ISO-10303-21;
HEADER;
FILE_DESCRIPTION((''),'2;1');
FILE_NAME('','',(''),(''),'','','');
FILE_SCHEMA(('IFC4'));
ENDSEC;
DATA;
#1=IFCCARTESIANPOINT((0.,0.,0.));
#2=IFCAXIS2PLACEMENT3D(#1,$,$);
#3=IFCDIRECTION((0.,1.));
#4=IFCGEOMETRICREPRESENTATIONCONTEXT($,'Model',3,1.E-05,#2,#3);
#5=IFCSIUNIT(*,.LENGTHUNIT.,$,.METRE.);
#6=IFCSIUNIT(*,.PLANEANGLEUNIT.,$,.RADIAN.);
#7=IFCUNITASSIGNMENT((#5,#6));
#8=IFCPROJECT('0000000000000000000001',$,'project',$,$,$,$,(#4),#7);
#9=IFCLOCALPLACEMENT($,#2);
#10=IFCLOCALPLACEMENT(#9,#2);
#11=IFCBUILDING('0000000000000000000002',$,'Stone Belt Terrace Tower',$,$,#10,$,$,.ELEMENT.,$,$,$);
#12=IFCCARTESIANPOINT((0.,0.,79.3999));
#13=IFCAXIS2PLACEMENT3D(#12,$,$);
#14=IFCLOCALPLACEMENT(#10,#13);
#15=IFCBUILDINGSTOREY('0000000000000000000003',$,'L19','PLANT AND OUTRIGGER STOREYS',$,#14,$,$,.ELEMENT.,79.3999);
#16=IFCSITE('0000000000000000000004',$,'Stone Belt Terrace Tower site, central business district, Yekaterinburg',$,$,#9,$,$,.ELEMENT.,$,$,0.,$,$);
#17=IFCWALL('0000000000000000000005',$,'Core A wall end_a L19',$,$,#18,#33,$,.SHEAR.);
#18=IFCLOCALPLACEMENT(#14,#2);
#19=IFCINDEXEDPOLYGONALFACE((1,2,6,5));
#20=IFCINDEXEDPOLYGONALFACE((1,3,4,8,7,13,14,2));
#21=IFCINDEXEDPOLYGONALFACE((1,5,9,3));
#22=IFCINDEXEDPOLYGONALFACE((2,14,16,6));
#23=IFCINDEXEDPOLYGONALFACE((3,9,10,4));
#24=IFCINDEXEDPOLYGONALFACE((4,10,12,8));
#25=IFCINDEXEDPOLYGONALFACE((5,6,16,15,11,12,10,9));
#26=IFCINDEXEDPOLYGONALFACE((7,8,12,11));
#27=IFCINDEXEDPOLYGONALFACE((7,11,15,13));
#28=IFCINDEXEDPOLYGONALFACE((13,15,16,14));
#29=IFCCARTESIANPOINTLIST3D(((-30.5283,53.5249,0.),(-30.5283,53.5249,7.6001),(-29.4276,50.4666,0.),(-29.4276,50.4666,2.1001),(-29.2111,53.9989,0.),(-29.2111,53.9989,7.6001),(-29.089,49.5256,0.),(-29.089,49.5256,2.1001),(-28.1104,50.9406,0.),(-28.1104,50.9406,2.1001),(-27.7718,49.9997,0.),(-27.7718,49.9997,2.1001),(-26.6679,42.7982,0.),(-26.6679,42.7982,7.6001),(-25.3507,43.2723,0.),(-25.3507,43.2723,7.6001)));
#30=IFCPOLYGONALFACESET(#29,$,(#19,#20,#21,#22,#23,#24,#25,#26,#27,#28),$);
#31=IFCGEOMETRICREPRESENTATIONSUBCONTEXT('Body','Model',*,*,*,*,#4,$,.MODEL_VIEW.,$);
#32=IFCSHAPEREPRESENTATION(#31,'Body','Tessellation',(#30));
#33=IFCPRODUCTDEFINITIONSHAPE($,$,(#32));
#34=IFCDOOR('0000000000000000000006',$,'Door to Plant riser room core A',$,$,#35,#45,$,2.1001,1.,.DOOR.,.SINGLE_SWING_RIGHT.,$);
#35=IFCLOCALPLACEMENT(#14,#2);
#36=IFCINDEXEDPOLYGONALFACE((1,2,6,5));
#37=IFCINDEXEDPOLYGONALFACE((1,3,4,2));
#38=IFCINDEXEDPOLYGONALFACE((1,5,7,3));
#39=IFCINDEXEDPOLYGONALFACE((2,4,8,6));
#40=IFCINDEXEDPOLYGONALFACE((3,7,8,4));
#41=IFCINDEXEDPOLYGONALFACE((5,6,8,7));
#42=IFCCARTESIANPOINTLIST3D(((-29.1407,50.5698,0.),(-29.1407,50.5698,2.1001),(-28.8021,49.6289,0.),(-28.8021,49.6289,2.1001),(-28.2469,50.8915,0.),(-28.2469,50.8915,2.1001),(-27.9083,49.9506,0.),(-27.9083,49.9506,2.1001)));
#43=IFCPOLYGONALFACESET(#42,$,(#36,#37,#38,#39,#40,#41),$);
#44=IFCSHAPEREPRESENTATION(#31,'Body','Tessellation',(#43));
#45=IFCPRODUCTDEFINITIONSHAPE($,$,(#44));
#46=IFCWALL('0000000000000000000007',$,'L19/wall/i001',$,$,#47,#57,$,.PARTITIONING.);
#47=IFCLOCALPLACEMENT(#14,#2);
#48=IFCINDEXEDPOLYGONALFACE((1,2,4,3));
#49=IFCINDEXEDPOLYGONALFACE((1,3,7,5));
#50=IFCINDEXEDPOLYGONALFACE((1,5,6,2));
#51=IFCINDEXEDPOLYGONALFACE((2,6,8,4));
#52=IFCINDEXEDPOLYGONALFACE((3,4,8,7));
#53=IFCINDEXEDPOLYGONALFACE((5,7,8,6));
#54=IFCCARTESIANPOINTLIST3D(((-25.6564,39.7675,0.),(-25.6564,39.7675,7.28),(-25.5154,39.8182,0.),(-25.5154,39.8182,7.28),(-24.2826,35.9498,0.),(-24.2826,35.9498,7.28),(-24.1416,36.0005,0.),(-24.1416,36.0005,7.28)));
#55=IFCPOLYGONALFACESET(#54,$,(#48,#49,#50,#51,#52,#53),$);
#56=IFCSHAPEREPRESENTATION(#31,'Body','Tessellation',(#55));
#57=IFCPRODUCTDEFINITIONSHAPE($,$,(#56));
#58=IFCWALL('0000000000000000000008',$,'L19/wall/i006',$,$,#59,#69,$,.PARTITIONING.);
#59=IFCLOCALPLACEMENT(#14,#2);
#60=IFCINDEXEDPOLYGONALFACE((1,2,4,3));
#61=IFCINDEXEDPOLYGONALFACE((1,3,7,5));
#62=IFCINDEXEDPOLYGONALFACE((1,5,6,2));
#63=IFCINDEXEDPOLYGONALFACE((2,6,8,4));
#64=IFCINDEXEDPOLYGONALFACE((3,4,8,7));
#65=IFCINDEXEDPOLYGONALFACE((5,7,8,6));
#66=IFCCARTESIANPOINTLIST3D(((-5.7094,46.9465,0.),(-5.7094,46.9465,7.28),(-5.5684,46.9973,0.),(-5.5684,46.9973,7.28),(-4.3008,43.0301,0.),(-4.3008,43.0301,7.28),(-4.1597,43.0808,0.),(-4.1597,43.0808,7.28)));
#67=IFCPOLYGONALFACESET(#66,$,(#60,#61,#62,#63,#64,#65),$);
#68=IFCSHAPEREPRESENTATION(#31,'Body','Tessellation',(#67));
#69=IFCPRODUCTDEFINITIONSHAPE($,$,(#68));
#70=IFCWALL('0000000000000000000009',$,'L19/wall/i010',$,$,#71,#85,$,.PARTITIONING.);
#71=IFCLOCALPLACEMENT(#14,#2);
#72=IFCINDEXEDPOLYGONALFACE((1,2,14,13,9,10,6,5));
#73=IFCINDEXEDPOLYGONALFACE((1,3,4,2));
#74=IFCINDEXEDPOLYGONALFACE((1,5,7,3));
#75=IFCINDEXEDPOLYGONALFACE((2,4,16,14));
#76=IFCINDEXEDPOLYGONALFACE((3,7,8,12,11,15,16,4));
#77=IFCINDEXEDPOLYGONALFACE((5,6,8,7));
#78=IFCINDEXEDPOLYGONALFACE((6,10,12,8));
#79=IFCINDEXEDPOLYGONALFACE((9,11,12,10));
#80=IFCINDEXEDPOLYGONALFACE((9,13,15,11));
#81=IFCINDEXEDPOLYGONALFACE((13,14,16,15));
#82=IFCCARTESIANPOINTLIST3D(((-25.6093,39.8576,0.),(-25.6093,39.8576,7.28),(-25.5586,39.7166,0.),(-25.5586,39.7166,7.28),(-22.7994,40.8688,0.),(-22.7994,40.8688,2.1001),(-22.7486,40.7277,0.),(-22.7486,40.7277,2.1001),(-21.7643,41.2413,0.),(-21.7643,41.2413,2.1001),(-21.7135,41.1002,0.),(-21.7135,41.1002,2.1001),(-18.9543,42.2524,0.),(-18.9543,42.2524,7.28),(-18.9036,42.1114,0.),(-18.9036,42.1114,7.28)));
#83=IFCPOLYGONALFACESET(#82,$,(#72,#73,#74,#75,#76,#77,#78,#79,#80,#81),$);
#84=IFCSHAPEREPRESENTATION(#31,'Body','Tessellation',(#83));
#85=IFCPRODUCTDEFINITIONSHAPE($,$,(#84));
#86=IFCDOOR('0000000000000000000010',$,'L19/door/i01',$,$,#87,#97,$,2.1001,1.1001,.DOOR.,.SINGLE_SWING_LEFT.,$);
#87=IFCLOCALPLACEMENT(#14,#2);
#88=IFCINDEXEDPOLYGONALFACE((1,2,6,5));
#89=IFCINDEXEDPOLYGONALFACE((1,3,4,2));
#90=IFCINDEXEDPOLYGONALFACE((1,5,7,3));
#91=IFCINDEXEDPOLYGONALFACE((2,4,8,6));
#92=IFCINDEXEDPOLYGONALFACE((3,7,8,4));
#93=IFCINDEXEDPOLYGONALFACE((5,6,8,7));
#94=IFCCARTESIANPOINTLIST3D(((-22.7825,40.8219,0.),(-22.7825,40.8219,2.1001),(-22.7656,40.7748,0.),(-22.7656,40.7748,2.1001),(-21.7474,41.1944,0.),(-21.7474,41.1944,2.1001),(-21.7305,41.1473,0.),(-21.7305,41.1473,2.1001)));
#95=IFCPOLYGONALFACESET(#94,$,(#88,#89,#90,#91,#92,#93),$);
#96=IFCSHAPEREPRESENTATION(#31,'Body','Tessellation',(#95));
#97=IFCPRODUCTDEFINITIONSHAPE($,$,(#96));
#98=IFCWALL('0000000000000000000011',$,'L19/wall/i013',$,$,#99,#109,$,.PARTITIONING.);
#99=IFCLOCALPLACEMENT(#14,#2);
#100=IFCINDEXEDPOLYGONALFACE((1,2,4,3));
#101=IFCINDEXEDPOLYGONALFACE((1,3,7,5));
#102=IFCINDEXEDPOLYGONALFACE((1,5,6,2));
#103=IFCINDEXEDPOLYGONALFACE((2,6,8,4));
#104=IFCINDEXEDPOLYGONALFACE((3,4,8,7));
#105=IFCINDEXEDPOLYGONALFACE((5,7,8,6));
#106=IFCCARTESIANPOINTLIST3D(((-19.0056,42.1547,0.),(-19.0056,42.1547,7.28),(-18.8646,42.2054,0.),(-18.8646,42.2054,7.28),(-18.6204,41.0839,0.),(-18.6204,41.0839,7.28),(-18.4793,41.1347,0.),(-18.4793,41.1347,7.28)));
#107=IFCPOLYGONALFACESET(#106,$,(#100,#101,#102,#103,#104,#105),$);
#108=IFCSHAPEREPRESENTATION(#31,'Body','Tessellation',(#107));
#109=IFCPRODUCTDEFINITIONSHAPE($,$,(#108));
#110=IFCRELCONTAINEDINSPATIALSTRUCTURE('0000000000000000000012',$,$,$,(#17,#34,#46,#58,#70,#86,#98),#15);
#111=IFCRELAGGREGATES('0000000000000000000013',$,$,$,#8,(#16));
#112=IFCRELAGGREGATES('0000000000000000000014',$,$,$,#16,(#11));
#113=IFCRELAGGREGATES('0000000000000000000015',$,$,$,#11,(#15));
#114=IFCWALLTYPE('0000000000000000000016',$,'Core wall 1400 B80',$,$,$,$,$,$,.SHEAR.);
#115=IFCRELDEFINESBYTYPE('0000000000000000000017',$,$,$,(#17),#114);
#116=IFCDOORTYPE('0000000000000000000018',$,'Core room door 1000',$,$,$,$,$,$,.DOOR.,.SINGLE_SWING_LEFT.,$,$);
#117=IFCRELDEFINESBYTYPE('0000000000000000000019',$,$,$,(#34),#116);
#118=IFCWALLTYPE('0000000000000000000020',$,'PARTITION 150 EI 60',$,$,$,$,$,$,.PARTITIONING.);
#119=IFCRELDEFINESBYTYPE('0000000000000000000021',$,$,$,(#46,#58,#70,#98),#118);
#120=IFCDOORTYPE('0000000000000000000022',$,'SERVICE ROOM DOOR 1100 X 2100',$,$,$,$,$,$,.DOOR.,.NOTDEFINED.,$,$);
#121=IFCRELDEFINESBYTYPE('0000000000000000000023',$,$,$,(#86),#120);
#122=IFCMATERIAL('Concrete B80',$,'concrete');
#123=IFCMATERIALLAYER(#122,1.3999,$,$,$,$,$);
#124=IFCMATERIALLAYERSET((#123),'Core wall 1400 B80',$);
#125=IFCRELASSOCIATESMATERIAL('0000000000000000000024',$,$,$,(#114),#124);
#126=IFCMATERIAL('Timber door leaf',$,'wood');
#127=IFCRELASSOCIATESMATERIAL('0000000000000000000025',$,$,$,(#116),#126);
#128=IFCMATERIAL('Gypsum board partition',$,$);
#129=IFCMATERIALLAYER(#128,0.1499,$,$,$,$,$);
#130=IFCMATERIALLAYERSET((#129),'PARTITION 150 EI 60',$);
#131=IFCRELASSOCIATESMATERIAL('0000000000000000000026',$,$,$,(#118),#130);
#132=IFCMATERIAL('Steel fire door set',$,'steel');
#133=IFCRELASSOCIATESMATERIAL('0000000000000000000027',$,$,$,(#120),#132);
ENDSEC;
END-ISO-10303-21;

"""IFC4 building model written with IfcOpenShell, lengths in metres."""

from ifc_helpers import new_model, si_unit, direction, frame, frame_2d, origin, place, context, subcontext, project, spatial, rectangle, extrude, material, layer, layer_set, type_object, element, fill, save


model = new_model("IFC4")

# Units and contexts
model_context = context("Model", 3, precision=1e-05, world=origin(), true_north=direction((0.0, 1.0)))
body_context = subcontext(model_context, "Body", "Model", "MODEL_VIEW")
ifc_project = project(units=[si_unit("LENGTHUNIT", "METRE"), si_unit("PLANEANGLEUNIT", "RADIAN")], contexts=[model_context])

# Site, building, storey
site_placement = place(None, origin())
site = spatial("IfcSite", under=ifc_project, at=site_placement, Name="Stone Belt Terrace Tower site, central business district, Yekaterinburg", CompositionType="ELEMENT", RefElevation=0.0)
building_placement = place(site_placement, origin())
building = spatial("IfcBuilding", under=site, at=building_placement, Name="Stone Belt Terrace Tower", CompositionType="ELEMENT")
storey_placement = place(building_placement, frame((0.0, 0.0, 79.3999)))
storey = spatial("IfcBuildingStorey", under=building, at=storey_placement, Name="L19", Description="PLANT AND OUTRIGGER STOREYS", CompositionType="ELEMENT", Elevation=79.3999)

# Shared definitions
ifc_material_1 = material(Name="Concrete B80", Category="concrete")

# Wall, opening, door
ifc_layer_1 = layer(ifc_material_1, 1.3999)
ifc_layer_set_1 = layer_set([ifc_layer_1], Name="Core wall 1400 B80")
wall_type_1 = type_object("IfcWallType", Name="Core wall 1400 B80", PredefinedType="SHEAR", material=ifc_layer_set_1)
wall_1_placement = place(storey_placement, frame((-26.0093, 43.0352, 0.0), z_axis=(0.0, 0.0, 1.0), x_axis=(-0.338625, 0.940921, 0.0)))
wall_1 = element("IfcWall", 1, at=wall_1_placement, inside=storey, type_object=wall_type_1, Name="Core A wall end_a L19", PredefinedType="SHEAR", context=body_context, shape_type="SweptSolid", body=[
    extrude(rectangle(XDim=11.4001, YDim=1.3999, at=frame_2d((5.7002, 0.0))), origin(), (0.0, 0.0, 1.0), 7.6001),
])
opening_1_placement = place(wall_1_placement, frame((7.1499, 0.0, 0.0)))
opening_1 = element("IfcOpeningElement", 2, at=opening_1_placement, cuts=wall_1, PredefinedType="OPENING", context=body_context, shape_type="SweptSolid", body=[
    extrude(rectangle(XDim=1.0, YDim=2.1001, at=frame_2d((0.5, 1.05))), frame((0.0, 0.71, 0.0), z_axis=(0.0, -1.0, 0.0), x_axis=(1.0, 0.0, 0.0)), (0.0, 0.0, 1.0), 1.4199),
])
ifc_material_2 = material(Name="Timber door leaf", Category="wood")
door_type_1 = type_object("IfcDoorType", Name="Core room door 1000", OperationType="SINGLE_SWING_LEFT", PredefinedType="DOOR", material=ifc_material_2)
door_1_placement = place(opening_1_placement, origin())
door_1 = element("IfcDoor", 3, at=door_1_placement, inside=storey, type_object=door_type_1, Name="Door to Plant riser room core A", OperationType="SINGLE_SWING_RIGHT", OverallHeight=2.1001, OverallWidth=1.0, PredefinedType="DOOR", context=body_context, shape_type="SweptSolid", body=[
    extrude(rectangle(XDim=1.0, YDim=2.1001, at=frame_2d((0.5, 1.05))), frame((0.0, 0.395, 0.0), z_axis=(0.0, -1.0, 0.0), x_axis=(1.0, 0.0, 0.0)), (0.0, 0.0, 1.0), 0.95),
])
fill(opening_1, door_1)

# Walls
ifc_material_3 = material(Name="Gypsum board partition")
ifc_layer_2 = layer(ifc_material_3, 0.1499)
ifc_layer_set_2 = layer_set([ifc_layer_2], Name="PARTITION 150 EI 60")
wall_type_2 = type_object("IfcWallType", Name="PARTITION 150 EI 60", PredefinedType="PARTITIONING", material=ifc_layer_set_2)
wall_2_placement = place(storey_placement, frame((-25.5859, 39.793, 0.0), z_axis=(0.0, 0.0, 1.0), x_axis=(0.338596, -0.940932, 0.0)))
element("IfcWall", 4, at=wall_2_placement, inside=storey, type_object=wall_type_2, Name="L19/wall/i001", PredefinedType="PARTITIONING", context=body_context, shape_type="SweptSolid", body=[
    extrude(rectangle(XDim=4.0574, YDim=0.1499, at=frame_2d((2.0288, 0.0))), origin(), (0.0, 0.0, 1.0), 7.28),
])
wall_3_placement = place(storey_placement, frame((-4.2302, 43.0554, 0.0), z_axis=(0.0, 0.0, 1.0), x_axis=(-0.338454, 0.940983, 0.0)))
element("IfcWall", 5, at=wall_3_placement, inside=storey, type_object=wall_type_2, Name="L19/wall/i006", PredefinedType="PARTITIONING", context=body_context, shape_type="SweptSolid", body=[
    extrude(rectangle(XDim=4.1621, YDim=0.1499, at=frame_2d((2.0811, 0.0))), origin(), (0.0, 0.0, 1.0), 7.28),
])

# Wall, opening, door
wall_4_placement = place(storey_placement, frame((-18.929, 42.1819, 0.0), z_axis=(0.0, 0.0, 1.0), x_axis=(-0.940934, -0.33859, 0.0)))
wall_4 = element("IfcWall", 6, at=wall_4_placement, inside=storey, type_object=wall_type_2, Name="L19/wall/i010", PredefinedType="PARTITIONING", context=body_context, shape_type="SweptSolid", body=[
    extrude(rectangle(XDim=7.0728, YDim=0.1499, at=frame_2d((3.5364, 0.0))), origin(), (0.0, 0.0, 1.0), 7.28),
])
opening_2_placement = place(wall_4_placement, frame((2.9863, 0.0, 0.0)))
opening_2 = element("IfcOpeningElement", 7, at=opening_2_placement, cuts=wall_4, PredefinedType="OPENING", context=body_context, shape_type="SweptSolid", body=[
    extrude(rectangle(XDim=1.1001, YDim=2.1001, at=frame_2d((0.55, 1.05))), frame((0.0, 0.085, 0.0), z_axis=(0.0, -1.0, 0.0), x_axis=(1.0, 0.0, 0.0)), (0.0, 0.0, 1.0), 0.1699),
])
ifc_material_4 = material(Name="Steel fire door set", Category="steel")
door_type_2 = type_object("IfcDoorType", Name="SERVICE ROOM DOOR 1100 X 2100", OperationType="NOTDEFINED", PredefinedType="DOOR", material=ifc_material_4)
door_2_placement = place(opening_2_placement, origin())
door_2 = element("IfcDoor", 8, at=door_2_placement, inside=storey, type_object=door_type_2, Name="L19/door/i01", OperationType="SINGLE_SWING_LEFT", OverallHeight=2.1001, OverallWidth=1.1001, PredefinedType="DOOR", context=body_context, shape_type="SweptSolid", body=[
    extrude(rectangle(XDim=1.1001, YDim=2.1001, at=frame_2d((0.55, 1.05))), frame((0.0, 0.0249, 0.0), z_axis=(0.0, -1.0, 0.0), x_axis=(1.0, 0.0, 0.0)), (0.0, 0.0, 1.0), 0.05),
])
fill(opening_2, door_2)

# Wall
wall_5_placement = place(storey_placement, frame((-18.9351, 42.1799, 0.0), z_axis=(0.0, 0.0, 1.0), x_axis=(0.338537, -0.940953, 0.0)))
element("IfcWall", 9, at=wall_5_placement, inside=storey, type_object=wall_type_2, Name="L19/wall/i013", PredefinedType="PARTITIONING", context=body_context, shape_type="SweptSolid", body=[
    extrude(rectangle(XDim=1.1379, YDim=0.1499, at=frame_2d((0.5688, 0.0))), origin(), (0.0, 0.0, 1.0), 7.28),
])

save(model, "model.ifc")
